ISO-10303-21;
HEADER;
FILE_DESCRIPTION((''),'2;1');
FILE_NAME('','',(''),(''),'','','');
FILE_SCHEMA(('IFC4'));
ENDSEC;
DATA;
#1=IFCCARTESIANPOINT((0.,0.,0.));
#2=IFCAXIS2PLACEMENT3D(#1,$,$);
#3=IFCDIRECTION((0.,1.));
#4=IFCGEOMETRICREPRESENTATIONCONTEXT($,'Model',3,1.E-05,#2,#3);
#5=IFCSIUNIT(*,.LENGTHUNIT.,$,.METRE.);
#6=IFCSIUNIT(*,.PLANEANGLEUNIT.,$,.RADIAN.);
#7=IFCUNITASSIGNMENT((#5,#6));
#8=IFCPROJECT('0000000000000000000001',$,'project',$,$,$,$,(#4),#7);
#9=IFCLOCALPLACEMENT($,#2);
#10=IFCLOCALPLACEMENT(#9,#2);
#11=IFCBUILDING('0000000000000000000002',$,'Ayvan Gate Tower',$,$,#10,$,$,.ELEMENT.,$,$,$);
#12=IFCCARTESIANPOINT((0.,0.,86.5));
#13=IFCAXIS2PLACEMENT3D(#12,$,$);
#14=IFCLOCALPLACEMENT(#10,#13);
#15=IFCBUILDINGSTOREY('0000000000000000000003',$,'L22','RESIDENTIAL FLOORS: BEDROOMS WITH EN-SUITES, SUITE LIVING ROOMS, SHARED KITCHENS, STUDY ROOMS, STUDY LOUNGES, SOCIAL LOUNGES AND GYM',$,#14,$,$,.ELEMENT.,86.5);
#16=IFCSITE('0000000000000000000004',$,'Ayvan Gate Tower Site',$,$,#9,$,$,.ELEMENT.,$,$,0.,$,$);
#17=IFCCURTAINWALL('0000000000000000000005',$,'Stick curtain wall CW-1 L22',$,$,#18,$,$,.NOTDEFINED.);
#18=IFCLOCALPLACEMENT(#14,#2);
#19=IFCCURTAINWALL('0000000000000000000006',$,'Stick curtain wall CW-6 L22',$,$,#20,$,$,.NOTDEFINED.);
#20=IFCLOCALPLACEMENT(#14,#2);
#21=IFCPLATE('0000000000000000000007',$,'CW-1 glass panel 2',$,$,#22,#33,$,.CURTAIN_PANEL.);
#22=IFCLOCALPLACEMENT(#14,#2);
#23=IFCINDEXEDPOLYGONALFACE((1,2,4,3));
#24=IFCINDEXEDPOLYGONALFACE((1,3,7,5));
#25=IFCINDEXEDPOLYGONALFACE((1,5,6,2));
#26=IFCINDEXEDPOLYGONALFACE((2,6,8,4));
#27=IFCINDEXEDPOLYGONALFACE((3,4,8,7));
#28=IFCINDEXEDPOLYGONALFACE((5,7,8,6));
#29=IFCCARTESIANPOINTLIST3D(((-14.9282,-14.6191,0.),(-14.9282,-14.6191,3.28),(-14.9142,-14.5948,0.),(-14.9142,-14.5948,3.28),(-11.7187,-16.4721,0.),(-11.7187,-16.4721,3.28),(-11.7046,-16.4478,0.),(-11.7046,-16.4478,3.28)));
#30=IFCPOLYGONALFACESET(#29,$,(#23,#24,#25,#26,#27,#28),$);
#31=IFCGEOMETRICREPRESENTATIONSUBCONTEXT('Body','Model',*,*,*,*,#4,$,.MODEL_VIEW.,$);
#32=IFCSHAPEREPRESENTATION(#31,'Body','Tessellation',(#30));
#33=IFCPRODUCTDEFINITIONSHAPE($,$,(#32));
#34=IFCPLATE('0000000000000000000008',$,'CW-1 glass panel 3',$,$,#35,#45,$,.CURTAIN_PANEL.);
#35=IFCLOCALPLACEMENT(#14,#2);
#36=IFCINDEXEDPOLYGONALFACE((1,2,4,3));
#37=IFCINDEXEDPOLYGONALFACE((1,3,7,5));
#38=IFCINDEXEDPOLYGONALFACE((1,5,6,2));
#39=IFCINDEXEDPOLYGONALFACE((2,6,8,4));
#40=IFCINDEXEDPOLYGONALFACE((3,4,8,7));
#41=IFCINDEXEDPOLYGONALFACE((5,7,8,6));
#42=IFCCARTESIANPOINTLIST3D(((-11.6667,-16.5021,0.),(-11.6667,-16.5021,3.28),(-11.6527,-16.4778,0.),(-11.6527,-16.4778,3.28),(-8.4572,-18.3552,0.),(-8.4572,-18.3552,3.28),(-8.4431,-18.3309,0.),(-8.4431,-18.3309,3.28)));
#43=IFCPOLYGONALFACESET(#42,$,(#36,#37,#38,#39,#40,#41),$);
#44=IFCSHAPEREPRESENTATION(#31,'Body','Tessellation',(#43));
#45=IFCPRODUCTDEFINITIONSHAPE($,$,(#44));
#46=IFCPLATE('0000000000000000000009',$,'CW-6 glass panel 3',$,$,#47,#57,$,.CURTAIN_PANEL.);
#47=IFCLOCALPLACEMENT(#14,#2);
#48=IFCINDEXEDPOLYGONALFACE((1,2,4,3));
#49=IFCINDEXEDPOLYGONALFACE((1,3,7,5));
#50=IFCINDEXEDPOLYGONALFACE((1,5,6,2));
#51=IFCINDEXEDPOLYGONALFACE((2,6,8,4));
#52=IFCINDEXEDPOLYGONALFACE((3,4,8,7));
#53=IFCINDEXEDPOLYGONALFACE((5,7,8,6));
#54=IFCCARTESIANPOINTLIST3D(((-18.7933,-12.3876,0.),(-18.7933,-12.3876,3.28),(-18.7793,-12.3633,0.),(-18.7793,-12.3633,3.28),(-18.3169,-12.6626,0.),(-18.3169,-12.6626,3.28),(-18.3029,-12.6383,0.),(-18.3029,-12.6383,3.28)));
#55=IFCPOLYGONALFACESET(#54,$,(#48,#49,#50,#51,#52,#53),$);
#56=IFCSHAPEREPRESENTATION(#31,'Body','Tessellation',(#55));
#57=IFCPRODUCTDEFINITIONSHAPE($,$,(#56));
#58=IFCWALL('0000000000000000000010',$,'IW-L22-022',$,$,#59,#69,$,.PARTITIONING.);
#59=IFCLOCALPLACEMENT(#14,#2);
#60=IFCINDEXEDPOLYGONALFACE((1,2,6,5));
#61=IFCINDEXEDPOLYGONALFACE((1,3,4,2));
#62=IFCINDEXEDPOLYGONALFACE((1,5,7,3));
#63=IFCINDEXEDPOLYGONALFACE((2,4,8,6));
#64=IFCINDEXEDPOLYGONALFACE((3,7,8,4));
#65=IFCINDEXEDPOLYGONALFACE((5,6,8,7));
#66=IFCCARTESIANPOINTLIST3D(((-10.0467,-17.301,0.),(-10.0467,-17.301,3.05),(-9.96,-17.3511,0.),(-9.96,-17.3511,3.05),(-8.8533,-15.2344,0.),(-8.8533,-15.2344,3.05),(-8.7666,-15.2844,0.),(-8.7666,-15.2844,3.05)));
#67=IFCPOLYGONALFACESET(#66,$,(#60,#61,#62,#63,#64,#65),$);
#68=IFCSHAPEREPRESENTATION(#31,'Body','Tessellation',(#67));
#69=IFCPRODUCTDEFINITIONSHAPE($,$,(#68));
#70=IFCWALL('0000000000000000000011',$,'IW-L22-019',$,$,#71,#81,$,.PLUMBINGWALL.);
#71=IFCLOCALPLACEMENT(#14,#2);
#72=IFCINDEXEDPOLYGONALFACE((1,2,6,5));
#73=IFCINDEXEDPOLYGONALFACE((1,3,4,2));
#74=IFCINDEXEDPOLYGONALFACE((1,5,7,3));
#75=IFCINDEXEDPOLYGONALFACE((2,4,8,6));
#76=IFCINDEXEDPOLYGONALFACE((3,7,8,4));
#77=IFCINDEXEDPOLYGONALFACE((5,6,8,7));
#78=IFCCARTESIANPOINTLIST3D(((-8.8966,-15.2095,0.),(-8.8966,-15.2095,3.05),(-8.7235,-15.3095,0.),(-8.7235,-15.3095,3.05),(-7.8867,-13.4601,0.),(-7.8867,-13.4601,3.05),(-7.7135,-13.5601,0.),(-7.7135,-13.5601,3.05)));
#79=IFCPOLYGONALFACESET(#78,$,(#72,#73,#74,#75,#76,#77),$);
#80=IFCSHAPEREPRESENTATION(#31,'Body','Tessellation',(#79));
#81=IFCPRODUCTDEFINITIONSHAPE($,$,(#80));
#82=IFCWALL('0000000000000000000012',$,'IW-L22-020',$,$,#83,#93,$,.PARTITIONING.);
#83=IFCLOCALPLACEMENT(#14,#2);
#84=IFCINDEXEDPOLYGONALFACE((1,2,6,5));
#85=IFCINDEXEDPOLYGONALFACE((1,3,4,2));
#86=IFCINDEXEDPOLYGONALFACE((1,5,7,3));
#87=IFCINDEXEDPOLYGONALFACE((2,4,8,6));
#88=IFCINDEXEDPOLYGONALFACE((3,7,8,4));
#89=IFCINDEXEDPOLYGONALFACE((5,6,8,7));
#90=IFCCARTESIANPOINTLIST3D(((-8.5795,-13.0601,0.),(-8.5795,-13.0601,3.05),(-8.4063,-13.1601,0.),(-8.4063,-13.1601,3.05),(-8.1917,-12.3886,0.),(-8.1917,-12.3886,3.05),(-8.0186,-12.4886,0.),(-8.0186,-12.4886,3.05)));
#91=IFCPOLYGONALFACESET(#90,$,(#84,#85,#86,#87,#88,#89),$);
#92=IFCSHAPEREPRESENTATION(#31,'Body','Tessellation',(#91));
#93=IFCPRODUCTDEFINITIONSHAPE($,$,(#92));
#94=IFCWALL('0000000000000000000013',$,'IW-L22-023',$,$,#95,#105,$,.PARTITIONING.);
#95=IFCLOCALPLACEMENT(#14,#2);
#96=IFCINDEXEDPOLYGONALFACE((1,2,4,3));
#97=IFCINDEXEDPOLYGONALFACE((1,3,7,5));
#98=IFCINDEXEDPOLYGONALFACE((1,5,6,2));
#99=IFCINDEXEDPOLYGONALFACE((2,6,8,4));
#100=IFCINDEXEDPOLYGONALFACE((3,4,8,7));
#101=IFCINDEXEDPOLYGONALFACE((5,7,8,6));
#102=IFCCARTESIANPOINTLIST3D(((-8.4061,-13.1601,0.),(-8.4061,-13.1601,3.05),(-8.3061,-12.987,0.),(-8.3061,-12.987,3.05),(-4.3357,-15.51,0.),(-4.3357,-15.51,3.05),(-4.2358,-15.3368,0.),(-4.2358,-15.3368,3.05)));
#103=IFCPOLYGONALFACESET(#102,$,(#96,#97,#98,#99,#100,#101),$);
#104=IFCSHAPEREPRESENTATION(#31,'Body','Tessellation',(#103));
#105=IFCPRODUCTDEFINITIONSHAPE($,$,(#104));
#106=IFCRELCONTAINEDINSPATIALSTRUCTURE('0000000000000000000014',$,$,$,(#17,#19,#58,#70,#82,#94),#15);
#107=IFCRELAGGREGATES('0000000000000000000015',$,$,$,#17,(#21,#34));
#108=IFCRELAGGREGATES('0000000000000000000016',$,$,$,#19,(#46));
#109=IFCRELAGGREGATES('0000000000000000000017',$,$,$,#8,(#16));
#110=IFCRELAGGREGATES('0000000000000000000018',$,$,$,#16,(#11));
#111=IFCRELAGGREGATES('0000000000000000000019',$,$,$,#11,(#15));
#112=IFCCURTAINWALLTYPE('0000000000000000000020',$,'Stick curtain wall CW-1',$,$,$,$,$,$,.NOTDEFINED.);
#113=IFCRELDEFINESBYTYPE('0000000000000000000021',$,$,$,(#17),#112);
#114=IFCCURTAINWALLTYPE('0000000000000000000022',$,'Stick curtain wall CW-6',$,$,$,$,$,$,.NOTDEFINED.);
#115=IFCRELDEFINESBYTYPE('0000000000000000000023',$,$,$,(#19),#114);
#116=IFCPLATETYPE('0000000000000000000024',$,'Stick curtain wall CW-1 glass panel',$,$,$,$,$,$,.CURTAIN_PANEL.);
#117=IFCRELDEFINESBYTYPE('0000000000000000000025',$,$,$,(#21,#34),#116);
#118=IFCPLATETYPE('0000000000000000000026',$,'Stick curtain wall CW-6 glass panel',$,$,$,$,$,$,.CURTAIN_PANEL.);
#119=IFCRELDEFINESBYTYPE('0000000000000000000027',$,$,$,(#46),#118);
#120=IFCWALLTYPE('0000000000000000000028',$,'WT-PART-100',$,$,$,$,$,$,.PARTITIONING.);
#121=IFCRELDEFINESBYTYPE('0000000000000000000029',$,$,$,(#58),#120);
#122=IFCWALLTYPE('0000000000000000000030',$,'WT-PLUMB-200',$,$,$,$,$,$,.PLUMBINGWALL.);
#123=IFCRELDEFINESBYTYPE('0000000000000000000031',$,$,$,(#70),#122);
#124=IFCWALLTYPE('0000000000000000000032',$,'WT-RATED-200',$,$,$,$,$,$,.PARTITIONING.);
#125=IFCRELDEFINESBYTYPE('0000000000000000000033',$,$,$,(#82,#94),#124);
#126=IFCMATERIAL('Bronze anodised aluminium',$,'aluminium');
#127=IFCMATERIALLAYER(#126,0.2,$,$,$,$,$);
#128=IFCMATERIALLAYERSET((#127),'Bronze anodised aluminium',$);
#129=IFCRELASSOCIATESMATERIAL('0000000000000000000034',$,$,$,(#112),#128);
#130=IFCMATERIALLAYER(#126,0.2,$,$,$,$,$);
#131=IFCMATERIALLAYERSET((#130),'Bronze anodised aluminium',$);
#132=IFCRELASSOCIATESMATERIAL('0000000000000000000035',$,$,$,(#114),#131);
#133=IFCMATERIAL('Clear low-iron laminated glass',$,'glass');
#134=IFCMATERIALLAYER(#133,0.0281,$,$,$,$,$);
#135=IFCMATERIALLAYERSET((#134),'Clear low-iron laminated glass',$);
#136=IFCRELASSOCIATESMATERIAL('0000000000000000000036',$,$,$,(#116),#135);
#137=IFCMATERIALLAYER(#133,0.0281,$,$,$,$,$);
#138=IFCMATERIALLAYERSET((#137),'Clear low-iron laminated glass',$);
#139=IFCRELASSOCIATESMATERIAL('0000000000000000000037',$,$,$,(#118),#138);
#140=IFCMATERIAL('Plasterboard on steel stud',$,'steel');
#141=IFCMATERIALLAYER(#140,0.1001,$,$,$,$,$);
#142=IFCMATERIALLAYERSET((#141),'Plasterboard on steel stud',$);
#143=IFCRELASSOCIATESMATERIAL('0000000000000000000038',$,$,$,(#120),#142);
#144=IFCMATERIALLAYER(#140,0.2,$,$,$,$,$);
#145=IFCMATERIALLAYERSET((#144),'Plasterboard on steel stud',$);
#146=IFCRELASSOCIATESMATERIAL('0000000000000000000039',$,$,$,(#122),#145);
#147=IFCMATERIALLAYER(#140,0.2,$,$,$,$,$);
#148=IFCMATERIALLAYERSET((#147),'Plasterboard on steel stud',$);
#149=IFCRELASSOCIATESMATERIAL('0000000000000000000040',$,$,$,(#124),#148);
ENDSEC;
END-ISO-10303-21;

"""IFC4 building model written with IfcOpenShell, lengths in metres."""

from ifc_helpers import new_model, si_unit, direction, frame, frame_2d, origin, origin_2d, place, context, subcontext, project, spatial, rectangle, extrude, material, layer, layer_set, type_object, element, aggregate, save


model = new_model("IFC4")

# Units and contexts
model_context = context("Model", 3, precision=1e-05, world=origin(), true_north=direction((0.0, 1.0)))
body_context = subcontext(model_context, "Body", "Model", "MODEL_VIEW")
ifc_project = project(units=[si_unit("LENGTHUNIT", "METRE"), si_unit("PLANEANGLEUNIT", "RADIAN")], contexts=[model_context])

# Site, building, storey
site_placement = place(None, origin())
site = spatial("IfcSite", under=ifc_project, at=site_placement, Name="Ayvan Gate Tower Site", CompositionType="ELEMENT", RefElevation=0.0)
building_placement = place(site_placement, origin())
building = spatial("IfcBuilding", under=site, at=building_placement, Name="Ayvan Gate Tower", CompositionType="ELEMENT")
storey_placement = place(building_placement, frame((0.0, 0.0, 86.5)))
storey = spatial("IfcBuildingStorey", under=building, at=storey_placement, Name="L22", Description="RESIDENTIAL FLOORS: BEDROOMS WITH EN-SUITES, SUITE LIVING ROOMS, SHARED KITCHENS, STUDY ROOMS, STUDY LOUNGES, SOCIAL LOUNGES AND GYM", CompositionType="ELEMENT", Elevation=86.5)

# Curtain walls
ifc_material_1 = material(Name="Bronze anodised aluminium", Category="aluminium")
ifc_layer_1 = layer(ifc_material_1, 0.2)
ifc_layer_set_1 = layer_set([ifc_layer_1], Name="Bronze anodised aluminium")
curtain_wall_type_1 = type_object("IfcCurtainWallType", Name="Stick curtain wall CW-1", PredefinedType="NOTDEFINED", material=ifc_layer_set_1)
curtain_wall_1_placement = place(storey_placement, origin())
curtain_wall_1 = element("IfcCurtainWall", 1, at=curtain_wall_1_placement, inside=storey, type_object=curtain_wall_type_1, Name="Stick curtain wall CW-1 L22", PredefinedType="NOTDEFINED")
ifc_layer_2 = layer(ifc_material_1, 0.2)
ifc_layer_set_2 = layer_set([ifc_layer_2], Name="Bronze anodised aluminium")
curtain_wall_type_2 = type_object("IfcCurtainWallType", Name="Stick curtain wall CW-6", PredefinedType="NOTDEFINED", material=ifc_layer_set_2)
curtain_wall_2_placement = place(storey_placement, origin())
curtain_wall_2 = element("IfcCurtainWall", 2, at=curtain_wall_2_placement, inside=storey, type_object=curtain_wall_type_2, Name="Stick curtain wall CW-6 L22", PredefinedType="NOTDEFINED")

# Plates
ifc_material_2 = material(Name="Clear low-iron laminated glass", Category="glass")
ifc_layer_3 = layer(ifc_material_2, 0.0281)
ifc_layer_set_3 = layer_set([ifc_layer_3], Name="Clear low-iron laminated glass")
plate_type_1 = type_object("IfcPlateType", Name="Stick curtain wall CW-1 glass panel", PredefinedType="CURTAIN_PANEL", material=ifc_layer_set_3)
plate_1_placement = place(storey_placement, frame((-13.3164, -15.5334, 0.0), z_axis=(0.0, 0.0, 1.0), x_axis=(0.866025, -0.5, 0.0)))
plate_1 = element("IfcPlate", 3, at=plate_1_placement, type_object=plate_type_1, Name="CW-1 glass panel 2", PredefinedType="CURTAIN_PANEL", context=body_context, shape_type="SweptSolid", body=[
    extrude(rectangle(XDim=3.7061, YDim=0.0281, at=origin_2d()), origin(), (0.0, 0.0, 1.0), 3.28),
])
plate_2_placement = place(storey_placement, frame((-10.0549, -17.4165, 0.0), z_axis=(0.0, 0.0, 1.0), x_axis=(0.866025, -0.5, 0.0)))
plate_2 = element("IfcPlate", 4, at=plate_2_placement, type_object=plate_type_1, Name="CW-1 glass panel 3", PredefinedType="CURTAIN_PANEL", context=body_context, shape_type="SweptSolid", body=[
    extrude(rectangle(XDim=3.7061, YDim=0.0281, at=origin_2d()), origin(), (0.0, 0.0, 1.0), 3.28),
])
aggregate(curtain_wall_1, [plate_1, plate_2])
ifc_layer_4 = layer(ifc_material_2, 0.0281)
ifc_layer_set_4 = layer_set([ifc_layer_4], Name="Clear low-iron laminated glass")
plate_type_2 = type_object("IfcPlateType", Name="Stick curtain wall CW-6 glass panel", PredefinedType="CURTAIN_PANEL", material=ifc_layer_set_4)
plate_3_placement = place(storey_placement, frame((-18.5481, -12.5129, 0.0), z_axis=(0.0, 0.0, 1.0), x_axis=(0.866025, -0.5, 0.0)))
plate_3 = element("IfcPlate", 5, at=plate_3_placement, type_object=plate_type_2, Name="CW-6 glass panel 3", PredefinedType="CURTAIN_PANEL", context=body_context, shape_type="SweptSolid", body=[
    extrude(rectangle(XDim=0.55, YDim=0.0281, at=origin_2d()), origin(), (0.0, 0.0, 1.0), 3.28),
])
aggregate(curtain_wall_2, [plate_3])

# Walls
ifc_material_3 = material(Name="Plasterboard on steel stud", Category="steel")
ifc_layer_5 = layer(ifc_material_3, 0.1001)
ifc_layer_set_5 = layer_set([ifc_layer_5], Name="Plasterboard on steel stud")
wall_type_1 = type_object("IfcWallType", Name="WT-PART-100", PredefinedType="PARTITIONING", material=ifc_layer_set_5)
wall_1_placement = place(storey_placement, frame((-10.0034, -17.3262, 0.0), z_axis=(0.0, 0.0, 1.0), x_axis=(0.500056, 0.865993, 0.0)))
element("IfcWall", 6, at=wall_1_placement, inside=storey, type_object=wall_type_1, Name="IW-L22-022", PredefinedType="PARTITIONING", context=body_context, shape_type="SweptSolid", body=[
    extrude(rectangle(XDim=2.3865, YDim=0.1001, at=frame_2d((1.1934, 0.0))), origin(), (0.0, 0.0, 1.0), 3.05),
])
ifc_layer_6 = layer(ifc_material_3, 0.2)
ifc_layer_set_6 = layer_set([ifc_layer_6], Name="Plasterboard on steel stud")
wall_type_2 = type_object("IfcWallType", Name="WT-PLUMB-200", PredefinedType="PLUMBINGWALL", material=ifc_layer_set_6)
wall_2_placement = place(storey_placement, frame((-8.8101, -15.2595, 0.0), z_axis=(0.0, 0.0, 1.0), x_axis=(0.499974, 0.866041, 0.0)))
element("IfcWall", 7, at=wall_2_placement, inside=storey, type_object=wall_type_2, Name="IW-L22-019", PredefinedType="PLUMBINGWALL", context=body_context, shape_type="SweptSolid", body=[
    extrude(rectangle(XDim=2.02, YDim=0.2, at=frame_2d((1.01, 0.0))), origin(), (0.0, 0.0, 1.0), 3.05),
])
ifc_layer_7 = layer(ifc_material_3, 0.2)
ifc_layer_set_7 = layer_set([ifc_layer_7], Name="Plasterboard on steel stud")
wall_type_3 = type_object("IfcWallType", Name="WT-RATED-200", PredefinedType="PARTITIONING", material=ifc_layer_set_7)
wall_3_placement = place(storey_placement, frame((-8.4929, -13.1101, 0.0), z_axis=(0.0, 0.0, 1.0), x_axis=(0.500068, 0.865986, 0.0)))
element("IfcWall", 8, at=wall_3_placement, inside=storey, type_object=wall_type_3, Name="IW-L22-020", PredefinedType="PARTITIONING", context=body_context, shape_type="SweptSolid", body=[
    extrude(rectangle(XDim=0.7754, YDim=0.2, at=frame_2d((0.3877, 0.0))), origin(), (0.0, 0.0, 1.0), 3.05),
])
wall_4_placement = place(storey_placement, frame((-8.3562, -13.0735, 0.0), z_axis=(0.0, 0.0, 1.0), x_axis=(0.866039, -0.499977, 0.0)))
element("IfcWall", 9, at=wall_4_placement, inside=storey, type_object=wall_type_3, Name="IW-L22-023", PredefinedType="PARTITIONING", context=body_context, shape_type="SweptSolid", body=[
    extrude(rectangle(XDim=4.7, YDim=0.2, at=frame_2d((2.3501, 0.0))), origin(), (0.0, 0.0, 1.0), 3.05),
])

save(model, "model.ifc")
